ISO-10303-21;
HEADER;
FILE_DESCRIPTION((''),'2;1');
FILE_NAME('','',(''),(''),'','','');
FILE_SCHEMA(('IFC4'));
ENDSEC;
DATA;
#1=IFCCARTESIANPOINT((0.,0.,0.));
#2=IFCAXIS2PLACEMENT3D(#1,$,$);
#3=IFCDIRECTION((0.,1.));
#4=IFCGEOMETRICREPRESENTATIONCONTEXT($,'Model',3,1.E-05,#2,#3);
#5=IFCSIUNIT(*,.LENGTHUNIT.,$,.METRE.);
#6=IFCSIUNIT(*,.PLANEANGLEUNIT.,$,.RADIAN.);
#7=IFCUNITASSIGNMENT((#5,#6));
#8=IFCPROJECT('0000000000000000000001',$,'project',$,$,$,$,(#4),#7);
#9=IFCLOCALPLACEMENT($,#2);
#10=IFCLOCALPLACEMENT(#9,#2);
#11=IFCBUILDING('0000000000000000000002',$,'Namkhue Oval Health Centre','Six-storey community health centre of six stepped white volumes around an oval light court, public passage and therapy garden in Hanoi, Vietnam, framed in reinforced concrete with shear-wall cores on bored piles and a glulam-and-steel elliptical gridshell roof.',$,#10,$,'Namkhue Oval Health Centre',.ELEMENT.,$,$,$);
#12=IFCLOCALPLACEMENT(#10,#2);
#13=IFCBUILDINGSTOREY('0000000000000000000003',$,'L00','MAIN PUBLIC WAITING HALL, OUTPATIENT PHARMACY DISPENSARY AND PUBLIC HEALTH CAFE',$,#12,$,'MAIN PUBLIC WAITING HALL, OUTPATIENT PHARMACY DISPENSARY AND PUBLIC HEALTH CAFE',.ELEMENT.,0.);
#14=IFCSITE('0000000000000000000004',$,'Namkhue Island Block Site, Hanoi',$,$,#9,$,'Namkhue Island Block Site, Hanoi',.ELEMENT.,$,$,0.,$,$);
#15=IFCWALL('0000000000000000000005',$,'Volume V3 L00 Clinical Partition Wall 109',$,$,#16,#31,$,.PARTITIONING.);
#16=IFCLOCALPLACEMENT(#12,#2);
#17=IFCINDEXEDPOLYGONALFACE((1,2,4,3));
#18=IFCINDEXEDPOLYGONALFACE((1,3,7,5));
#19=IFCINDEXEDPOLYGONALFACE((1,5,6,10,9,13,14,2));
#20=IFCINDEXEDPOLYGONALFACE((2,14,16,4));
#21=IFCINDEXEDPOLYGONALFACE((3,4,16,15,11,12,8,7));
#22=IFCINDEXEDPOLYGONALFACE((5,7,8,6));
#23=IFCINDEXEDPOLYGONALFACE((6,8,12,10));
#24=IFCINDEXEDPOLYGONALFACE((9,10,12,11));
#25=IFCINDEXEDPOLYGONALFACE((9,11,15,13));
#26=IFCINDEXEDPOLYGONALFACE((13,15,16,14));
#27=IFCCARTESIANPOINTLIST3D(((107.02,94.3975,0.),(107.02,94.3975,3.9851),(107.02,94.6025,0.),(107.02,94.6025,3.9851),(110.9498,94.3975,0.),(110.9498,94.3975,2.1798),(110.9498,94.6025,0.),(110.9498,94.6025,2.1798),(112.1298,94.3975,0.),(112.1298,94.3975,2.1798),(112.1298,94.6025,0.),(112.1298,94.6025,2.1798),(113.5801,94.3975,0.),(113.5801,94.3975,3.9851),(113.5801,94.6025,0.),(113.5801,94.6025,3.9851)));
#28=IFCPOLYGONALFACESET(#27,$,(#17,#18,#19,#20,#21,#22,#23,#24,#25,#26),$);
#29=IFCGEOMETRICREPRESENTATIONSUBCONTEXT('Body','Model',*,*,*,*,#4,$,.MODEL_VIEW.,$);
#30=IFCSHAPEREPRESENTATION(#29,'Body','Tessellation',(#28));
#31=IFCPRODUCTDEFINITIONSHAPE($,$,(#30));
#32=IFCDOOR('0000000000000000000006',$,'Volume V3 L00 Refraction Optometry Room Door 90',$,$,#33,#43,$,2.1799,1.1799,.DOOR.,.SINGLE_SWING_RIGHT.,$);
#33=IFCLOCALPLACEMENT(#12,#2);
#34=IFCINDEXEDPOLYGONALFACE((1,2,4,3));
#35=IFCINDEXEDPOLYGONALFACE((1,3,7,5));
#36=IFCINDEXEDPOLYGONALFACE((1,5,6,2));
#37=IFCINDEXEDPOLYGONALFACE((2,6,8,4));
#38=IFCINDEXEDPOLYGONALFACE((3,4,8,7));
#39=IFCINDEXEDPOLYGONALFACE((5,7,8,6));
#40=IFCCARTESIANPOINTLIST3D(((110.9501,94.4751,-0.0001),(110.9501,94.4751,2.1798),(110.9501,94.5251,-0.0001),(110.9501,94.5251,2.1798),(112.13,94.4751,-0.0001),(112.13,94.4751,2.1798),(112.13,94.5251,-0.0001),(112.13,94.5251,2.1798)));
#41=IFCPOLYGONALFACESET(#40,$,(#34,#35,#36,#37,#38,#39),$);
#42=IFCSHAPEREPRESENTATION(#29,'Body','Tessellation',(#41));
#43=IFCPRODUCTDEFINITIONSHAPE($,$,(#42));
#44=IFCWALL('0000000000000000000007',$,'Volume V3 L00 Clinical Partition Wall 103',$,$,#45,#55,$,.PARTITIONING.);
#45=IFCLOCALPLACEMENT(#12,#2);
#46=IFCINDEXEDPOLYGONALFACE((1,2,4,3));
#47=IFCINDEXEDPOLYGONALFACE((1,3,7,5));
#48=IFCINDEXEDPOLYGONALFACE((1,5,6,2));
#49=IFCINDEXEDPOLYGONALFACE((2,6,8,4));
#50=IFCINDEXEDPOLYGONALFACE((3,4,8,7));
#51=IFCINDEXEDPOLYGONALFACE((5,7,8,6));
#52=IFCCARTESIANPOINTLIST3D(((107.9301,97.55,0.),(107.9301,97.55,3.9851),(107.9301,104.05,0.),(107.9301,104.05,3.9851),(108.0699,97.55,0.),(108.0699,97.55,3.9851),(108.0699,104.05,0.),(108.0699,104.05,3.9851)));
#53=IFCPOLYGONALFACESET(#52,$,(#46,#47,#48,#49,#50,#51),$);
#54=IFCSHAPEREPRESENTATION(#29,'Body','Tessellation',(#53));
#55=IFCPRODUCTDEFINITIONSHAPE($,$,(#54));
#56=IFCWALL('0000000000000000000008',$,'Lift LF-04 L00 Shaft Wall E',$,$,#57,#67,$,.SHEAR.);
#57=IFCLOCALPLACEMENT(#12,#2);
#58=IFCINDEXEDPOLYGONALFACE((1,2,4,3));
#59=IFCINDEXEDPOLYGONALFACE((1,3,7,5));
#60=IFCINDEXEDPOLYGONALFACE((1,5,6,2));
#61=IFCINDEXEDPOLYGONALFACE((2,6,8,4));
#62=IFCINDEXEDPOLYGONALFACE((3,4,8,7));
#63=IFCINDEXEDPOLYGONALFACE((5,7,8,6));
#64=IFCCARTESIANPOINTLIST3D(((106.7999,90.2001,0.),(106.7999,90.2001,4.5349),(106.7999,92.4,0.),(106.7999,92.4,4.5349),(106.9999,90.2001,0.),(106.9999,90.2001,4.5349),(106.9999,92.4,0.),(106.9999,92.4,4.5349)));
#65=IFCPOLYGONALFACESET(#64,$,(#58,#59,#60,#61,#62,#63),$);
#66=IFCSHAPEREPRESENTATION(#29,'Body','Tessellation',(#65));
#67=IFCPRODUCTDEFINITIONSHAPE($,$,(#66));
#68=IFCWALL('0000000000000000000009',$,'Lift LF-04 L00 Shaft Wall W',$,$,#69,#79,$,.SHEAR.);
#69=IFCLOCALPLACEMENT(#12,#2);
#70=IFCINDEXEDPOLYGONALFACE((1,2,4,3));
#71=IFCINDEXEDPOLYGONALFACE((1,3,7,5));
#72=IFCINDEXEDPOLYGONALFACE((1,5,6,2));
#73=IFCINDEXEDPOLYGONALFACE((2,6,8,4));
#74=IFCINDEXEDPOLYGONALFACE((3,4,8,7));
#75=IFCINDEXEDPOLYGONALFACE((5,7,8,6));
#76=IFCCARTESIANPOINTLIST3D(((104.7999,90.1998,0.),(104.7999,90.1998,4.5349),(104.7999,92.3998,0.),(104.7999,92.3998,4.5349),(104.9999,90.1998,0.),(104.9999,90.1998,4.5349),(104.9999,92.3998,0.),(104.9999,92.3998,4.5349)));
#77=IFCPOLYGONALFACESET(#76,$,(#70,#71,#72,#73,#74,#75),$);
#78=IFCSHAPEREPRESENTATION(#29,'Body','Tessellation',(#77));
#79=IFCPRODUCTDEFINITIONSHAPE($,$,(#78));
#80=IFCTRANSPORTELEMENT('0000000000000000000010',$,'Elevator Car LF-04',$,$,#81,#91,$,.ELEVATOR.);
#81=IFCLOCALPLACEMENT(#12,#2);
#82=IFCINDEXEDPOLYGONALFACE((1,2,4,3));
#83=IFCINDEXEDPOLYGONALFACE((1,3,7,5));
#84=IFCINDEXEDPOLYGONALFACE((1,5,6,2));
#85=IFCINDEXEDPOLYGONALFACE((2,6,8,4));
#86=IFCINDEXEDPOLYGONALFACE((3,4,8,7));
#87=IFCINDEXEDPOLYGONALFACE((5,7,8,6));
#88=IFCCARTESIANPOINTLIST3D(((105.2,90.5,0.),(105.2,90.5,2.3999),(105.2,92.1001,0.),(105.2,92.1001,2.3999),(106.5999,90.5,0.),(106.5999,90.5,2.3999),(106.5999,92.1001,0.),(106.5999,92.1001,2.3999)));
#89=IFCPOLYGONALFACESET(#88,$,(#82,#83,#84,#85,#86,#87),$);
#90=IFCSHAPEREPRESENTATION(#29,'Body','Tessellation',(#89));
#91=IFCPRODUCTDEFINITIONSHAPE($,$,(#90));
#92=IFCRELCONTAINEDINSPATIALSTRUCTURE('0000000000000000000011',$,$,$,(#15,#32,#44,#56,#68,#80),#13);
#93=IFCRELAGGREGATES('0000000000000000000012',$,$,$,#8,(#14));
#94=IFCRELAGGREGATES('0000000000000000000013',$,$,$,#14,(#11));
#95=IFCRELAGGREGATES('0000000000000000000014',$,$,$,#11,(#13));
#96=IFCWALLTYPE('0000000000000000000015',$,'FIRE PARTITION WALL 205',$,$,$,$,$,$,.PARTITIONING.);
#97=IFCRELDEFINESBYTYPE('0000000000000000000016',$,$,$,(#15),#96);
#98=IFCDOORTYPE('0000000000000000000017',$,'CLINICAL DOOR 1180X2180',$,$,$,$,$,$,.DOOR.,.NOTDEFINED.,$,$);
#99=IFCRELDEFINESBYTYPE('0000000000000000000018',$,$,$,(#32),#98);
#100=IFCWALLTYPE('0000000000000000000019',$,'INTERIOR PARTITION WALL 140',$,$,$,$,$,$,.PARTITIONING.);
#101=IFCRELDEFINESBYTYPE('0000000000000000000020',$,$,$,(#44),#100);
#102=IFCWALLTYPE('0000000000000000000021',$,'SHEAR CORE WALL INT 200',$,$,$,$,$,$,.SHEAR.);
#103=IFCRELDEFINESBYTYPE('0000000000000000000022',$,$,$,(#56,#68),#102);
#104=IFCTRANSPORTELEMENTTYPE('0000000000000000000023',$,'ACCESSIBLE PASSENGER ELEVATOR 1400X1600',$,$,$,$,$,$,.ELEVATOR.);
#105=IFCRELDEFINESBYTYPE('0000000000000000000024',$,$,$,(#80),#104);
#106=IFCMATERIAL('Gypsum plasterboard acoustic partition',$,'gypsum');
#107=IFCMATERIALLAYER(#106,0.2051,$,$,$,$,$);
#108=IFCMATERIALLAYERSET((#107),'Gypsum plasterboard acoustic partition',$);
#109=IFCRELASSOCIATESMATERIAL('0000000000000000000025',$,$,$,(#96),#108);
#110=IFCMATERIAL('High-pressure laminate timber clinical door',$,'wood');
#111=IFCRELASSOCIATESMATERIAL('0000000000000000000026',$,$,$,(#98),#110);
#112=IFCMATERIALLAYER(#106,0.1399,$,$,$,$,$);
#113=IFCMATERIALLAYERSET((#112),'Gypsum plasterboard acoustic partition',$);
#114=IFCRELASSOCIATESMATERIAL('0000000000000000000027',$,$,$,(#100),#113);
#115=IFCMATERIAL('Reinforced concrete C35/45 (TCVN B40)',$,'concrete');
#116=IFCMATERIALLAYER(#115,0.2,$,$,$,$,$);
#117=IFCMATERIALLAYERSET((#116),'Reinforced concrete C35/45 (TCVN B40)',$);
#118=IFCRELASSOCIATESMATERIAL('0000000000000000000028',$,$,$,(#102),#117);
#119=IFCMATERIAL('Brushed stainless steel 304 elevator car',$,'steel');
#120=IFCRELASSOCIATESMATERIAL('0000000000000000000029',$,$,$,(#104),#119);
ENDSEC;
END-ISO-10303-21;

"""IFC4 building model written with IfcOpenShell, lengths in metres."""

from ifc_helpers import new_model, si_unit, direction, frame, frame_2d, origin, origin_2d, place, context, subcontext, project, spatial, rectangle, extrude, material, layer, layer_set, type_object, element, fill, save


model = new_model("IFC4")

# Units and contexts
model_context = context("Model", 3, precision=1e-05, world=origin(), true_north=direction((0.0, 1.0)))
body_context = subcontext(model_context, "Body", "Model", "MODEL_VIEW")
ifc_project = project(units=[si_unit("LENGTHUNIT", "METRE"), si_unit("PLANEANGLEUNIT", "RADIAN")], contexts=[model_context])

# Site, building, storey
site_placement = place(None, origin())
site = spatial("IfcSite", under=ifc_project, at=site_placement, Name="Namkhue Island Block Site, Hanoi", LongName="Namkhue Island Block Site, Hanoi", CompositionType="ELEMENT", RefElevation=0.0)
building_placement = place(site_placement, origin())
building = spatial("IfcBuilding", under=site, at=building_placement, Name="Namkhue Oval Health Centre", Description="Six-storey community health centre of six stepped white volumes around an oval light court, public passage and therapy garden in Hanoi, Vietnam, framed in reinforced concrete with shear-wall cores on bored piles and a glulam-and-steel elliptical gridshell roof.", LongName="Namkhue Oval Health Centre", CompositionType="ELEMENT")
storey_placement = place(building_placement, origin())
storey = spatial("IfcBuildingStorey", under=building, at=storey_placement, Name="L00", Description="MAIN PUBLIC WAITING HALL, OUTPATIENT PHARMACY DISPENSARY AND PUBLIC HEALTH CAFE", LongName="MAIN PUBLIC WAITING HALL, OUTPATIENT PHARMACY DISPENSARY AND PUBLIC HEALTH CAFE", CompositionType="ELEMENT", Elevation=0.0)

# Shared definitions
ifc_material_1 = material(Name="Reinforced concrete C35/45 (TCVN B40)", Category="concrete")

# Wall, opening, door
ifc_material_2 = material(Name="Gypsum plasterboard acoustic partition", Category="gypsum")
ifc_layer_1 = layer(ifc_material_2, 0.2051)
ifc_layer_set_1 = layer_set([ifc_layer_1], Name="Gypsum plasterboard acoustic partition")
wall_type_1 = type_object("IfcWallType", Name="FIRE PARTITION WALL 205", PredefinedType="PARTITIONING", material=ifc_layer_set_1)
wall_1_placement = place(storey_placement, frame((107.02, 94.5, 0.0), z_axis=(0.0, 0.0, 1.0), x_axis=(1.0, 0.0, 0.0)))
wall_1 = element("IfcWall", 1, at=wall_1_placement, inside=storey, type_object=wall_type_1, Name="Volume V3 L00 Clinical Partition Wall 109", PredefinedType="PARTITIONING", context=body_context, shape_type="SweptSolid", body=[
    extrude(rectangle(XDim=6.5601, YDim=0.2051, at=frame_2d((3.28, 0.0))), origin(), (0.0, 0.0, 1.0), 3.9851),
])
opening_1_placement = place(wall_1_placement, frame((3.9299, 0.0, 0.0)))
opening_1 = element("IfcOpeningElement", 2, at=opening_1_placement, cuts=wall_1, PredefinedType="OPENING", context=body_context, shape_type="SweptSolid", body=[
    extrude(rectangle(XDim=1.1799, YDim=2.1799, at=frame_2d((0.5898, 1.0898))), frame((0.0, 0.1125, 0.0), z_axis=(0.0, -1.0, 0.0), x_axis=(1.0, 0.0, 0.0)), (0.0, 0.0, 1.0), 0.2251),
])
ifc_material_3 = material(Name="High-pressure laminate timber clinical door", Category="wood")
door_type_1 = type_object("IfcDoorType", Name="CLINICAL DOOR 1180X2180", OperationType="NOTDEFINED", PredefinedType="DOOR", material=ifc_material_3)
door_1_placement = place(opening_1_placement, frame((1.1799, 0.0, 0.0), z_axis=(0.0, 0.0, 1.0), x_axis=(-1.0, 0.0, 0.0)))
door_1 = element("IfcDoor", 3, at=door_1_placement, inside=storey, type_object=door_type_1, Name="Volume V3 L00 Refraction Optometry Room Door 90", OperationType="SINGLE_SWING_RIGHT", OverallHeight=2.1799, OverallWidth=1.1799, PredefinedType="DOOR", context=body_context, shape_type="SweptSolid", body=[
    extrude(rectangle(XDim=1.1799, YDim=2.1799, at=frame_2d((0.5898, 1.0898))), frame((0.0, 0.0249, 0.0), z_axis=(0.0, -1.0, 0.0), x_axis=(1.0, 0.0, 0.0)), (0.0, 0.0, 1.0), 0.05),
])
fill(opening_1, door_1)

# Wall
ifc_layer_2 = layer(ifc_material_2, 0.1399)
ifc_layer_set_2 = layer_set([ifc_layer_2], Name="Gypsum plasterboard acoustic partition")
wall_type_2 = type_object("IfcWallType", Name="INTERIOR PARTITION WALL 140", PredefinedType="PARTITIONING", material=ifc_layer_set_2)
wall_2_placement = place(storey_placement, frame((108.0, 97.55, 0.0), z_axis=(0.0, 0.0, 1.0), x_axis=(0.0, 1.0, 0.0)))
element("IfcWall", 4, at=wall_2_placement, inside=storey, type_object=wall_type_2, Name="Volume V3 L00 Clinical Partition Wall 103", PredefinedType="PARTITIONING", context=body_context, shape_type="SweptSolid", body=[
    extrude(rectangle(XDim=6.5, YDim=0.1399, at=frame_2d((3.25, 0.0))), origin(), (0.0, 0.0, 1.0), 3.9851),
])

# Shared definitions
ifc_layer_3 = layer(ifc_material_1, 0.2)
ifc_layer_set_3 = layer_set([ifc_layer_3], Name="Reinforced concrete C35/45 (TCVN B40)")
wall_type_3 = type_object("IfcWallType", Name="SHEAR CORE WALL INT 200", PredefinedType="SHEAR", material=ifc_layer_set_3)

# Wall
wall_3_placement = place(storey_placement, frame((106.8999, 90.2, 0.0), z_axis=(0.0, 0.0, 1.0), x_axis=(0.0, 1.0, 0.0)))
element("IfcWall", 5, at=wall_3_placement, inside=storey, type_object=wall_type_3, Name="Lift LF-04 L00 Shaft Wall E", PredefinedType="SHEAR", context=body_context, shape_type="SweptSolid", body=[
    extrude(rectangle(XDim=2.2, YDim=0.2, at=frame_2d((1.1001, 0.0))), origin(), (0.0, 0.0, 1.0), 4.5349),
])

# Wall
wall_4_placement = place(storey_placement, frame((104.8999, 92.3999, 0.0), z_axis=(0.0, 0.0, 1.0), x_axis=(0.0, -1.0, 0.0)))
element("IfcWall", 6, at=wall_4_placement, inside=storey, type_object=wall_type_3, Name="Lift LF-04 L00 Shaft Wall W", PredefinedType="SHEAR", context=body_context, shape_type="SweptSolid", body=[
    extrude(rectangle(XDim=2.2, YDim=0.2, at=frame_2d((1.1001, 0.0))), origin(), (0.0, 0.0, 1.0), 4.5349),
])

# Transport element
ifc_material_4 = material(Name="Brushed stainless steel 304 elevator car", Category="steel")
transport_element_type = type_object("IfcTransportElementType", Name="ACCESSIBLE PASSENGER ELEVATOR 1400X1600", PredefinedType="ELEVATOR", material=ifc_material_4)
transport_element_placement = place(storey_placement, frame((105.8999, 91.3, 0.0), z_axis=(0.0, 0.0, 1.0), x_axis=(1.0, 0.0, 0.0)))
element("IfcTransportElement", 7, at=transport_element_placement, inside=storey, type_object=transport_element_type, Name="Elevator Car LF-04", PredefinedType="ELEVATOR", context=body_context, shape_type="SweptSolid", body=[
    extrude(rectangle(XDim=1.3999, YDim=1.6001, at=origin_2d()), origin(), (0.0, 0.0, 1.0), 2.3999),
])

save(model, "model.ifc")
